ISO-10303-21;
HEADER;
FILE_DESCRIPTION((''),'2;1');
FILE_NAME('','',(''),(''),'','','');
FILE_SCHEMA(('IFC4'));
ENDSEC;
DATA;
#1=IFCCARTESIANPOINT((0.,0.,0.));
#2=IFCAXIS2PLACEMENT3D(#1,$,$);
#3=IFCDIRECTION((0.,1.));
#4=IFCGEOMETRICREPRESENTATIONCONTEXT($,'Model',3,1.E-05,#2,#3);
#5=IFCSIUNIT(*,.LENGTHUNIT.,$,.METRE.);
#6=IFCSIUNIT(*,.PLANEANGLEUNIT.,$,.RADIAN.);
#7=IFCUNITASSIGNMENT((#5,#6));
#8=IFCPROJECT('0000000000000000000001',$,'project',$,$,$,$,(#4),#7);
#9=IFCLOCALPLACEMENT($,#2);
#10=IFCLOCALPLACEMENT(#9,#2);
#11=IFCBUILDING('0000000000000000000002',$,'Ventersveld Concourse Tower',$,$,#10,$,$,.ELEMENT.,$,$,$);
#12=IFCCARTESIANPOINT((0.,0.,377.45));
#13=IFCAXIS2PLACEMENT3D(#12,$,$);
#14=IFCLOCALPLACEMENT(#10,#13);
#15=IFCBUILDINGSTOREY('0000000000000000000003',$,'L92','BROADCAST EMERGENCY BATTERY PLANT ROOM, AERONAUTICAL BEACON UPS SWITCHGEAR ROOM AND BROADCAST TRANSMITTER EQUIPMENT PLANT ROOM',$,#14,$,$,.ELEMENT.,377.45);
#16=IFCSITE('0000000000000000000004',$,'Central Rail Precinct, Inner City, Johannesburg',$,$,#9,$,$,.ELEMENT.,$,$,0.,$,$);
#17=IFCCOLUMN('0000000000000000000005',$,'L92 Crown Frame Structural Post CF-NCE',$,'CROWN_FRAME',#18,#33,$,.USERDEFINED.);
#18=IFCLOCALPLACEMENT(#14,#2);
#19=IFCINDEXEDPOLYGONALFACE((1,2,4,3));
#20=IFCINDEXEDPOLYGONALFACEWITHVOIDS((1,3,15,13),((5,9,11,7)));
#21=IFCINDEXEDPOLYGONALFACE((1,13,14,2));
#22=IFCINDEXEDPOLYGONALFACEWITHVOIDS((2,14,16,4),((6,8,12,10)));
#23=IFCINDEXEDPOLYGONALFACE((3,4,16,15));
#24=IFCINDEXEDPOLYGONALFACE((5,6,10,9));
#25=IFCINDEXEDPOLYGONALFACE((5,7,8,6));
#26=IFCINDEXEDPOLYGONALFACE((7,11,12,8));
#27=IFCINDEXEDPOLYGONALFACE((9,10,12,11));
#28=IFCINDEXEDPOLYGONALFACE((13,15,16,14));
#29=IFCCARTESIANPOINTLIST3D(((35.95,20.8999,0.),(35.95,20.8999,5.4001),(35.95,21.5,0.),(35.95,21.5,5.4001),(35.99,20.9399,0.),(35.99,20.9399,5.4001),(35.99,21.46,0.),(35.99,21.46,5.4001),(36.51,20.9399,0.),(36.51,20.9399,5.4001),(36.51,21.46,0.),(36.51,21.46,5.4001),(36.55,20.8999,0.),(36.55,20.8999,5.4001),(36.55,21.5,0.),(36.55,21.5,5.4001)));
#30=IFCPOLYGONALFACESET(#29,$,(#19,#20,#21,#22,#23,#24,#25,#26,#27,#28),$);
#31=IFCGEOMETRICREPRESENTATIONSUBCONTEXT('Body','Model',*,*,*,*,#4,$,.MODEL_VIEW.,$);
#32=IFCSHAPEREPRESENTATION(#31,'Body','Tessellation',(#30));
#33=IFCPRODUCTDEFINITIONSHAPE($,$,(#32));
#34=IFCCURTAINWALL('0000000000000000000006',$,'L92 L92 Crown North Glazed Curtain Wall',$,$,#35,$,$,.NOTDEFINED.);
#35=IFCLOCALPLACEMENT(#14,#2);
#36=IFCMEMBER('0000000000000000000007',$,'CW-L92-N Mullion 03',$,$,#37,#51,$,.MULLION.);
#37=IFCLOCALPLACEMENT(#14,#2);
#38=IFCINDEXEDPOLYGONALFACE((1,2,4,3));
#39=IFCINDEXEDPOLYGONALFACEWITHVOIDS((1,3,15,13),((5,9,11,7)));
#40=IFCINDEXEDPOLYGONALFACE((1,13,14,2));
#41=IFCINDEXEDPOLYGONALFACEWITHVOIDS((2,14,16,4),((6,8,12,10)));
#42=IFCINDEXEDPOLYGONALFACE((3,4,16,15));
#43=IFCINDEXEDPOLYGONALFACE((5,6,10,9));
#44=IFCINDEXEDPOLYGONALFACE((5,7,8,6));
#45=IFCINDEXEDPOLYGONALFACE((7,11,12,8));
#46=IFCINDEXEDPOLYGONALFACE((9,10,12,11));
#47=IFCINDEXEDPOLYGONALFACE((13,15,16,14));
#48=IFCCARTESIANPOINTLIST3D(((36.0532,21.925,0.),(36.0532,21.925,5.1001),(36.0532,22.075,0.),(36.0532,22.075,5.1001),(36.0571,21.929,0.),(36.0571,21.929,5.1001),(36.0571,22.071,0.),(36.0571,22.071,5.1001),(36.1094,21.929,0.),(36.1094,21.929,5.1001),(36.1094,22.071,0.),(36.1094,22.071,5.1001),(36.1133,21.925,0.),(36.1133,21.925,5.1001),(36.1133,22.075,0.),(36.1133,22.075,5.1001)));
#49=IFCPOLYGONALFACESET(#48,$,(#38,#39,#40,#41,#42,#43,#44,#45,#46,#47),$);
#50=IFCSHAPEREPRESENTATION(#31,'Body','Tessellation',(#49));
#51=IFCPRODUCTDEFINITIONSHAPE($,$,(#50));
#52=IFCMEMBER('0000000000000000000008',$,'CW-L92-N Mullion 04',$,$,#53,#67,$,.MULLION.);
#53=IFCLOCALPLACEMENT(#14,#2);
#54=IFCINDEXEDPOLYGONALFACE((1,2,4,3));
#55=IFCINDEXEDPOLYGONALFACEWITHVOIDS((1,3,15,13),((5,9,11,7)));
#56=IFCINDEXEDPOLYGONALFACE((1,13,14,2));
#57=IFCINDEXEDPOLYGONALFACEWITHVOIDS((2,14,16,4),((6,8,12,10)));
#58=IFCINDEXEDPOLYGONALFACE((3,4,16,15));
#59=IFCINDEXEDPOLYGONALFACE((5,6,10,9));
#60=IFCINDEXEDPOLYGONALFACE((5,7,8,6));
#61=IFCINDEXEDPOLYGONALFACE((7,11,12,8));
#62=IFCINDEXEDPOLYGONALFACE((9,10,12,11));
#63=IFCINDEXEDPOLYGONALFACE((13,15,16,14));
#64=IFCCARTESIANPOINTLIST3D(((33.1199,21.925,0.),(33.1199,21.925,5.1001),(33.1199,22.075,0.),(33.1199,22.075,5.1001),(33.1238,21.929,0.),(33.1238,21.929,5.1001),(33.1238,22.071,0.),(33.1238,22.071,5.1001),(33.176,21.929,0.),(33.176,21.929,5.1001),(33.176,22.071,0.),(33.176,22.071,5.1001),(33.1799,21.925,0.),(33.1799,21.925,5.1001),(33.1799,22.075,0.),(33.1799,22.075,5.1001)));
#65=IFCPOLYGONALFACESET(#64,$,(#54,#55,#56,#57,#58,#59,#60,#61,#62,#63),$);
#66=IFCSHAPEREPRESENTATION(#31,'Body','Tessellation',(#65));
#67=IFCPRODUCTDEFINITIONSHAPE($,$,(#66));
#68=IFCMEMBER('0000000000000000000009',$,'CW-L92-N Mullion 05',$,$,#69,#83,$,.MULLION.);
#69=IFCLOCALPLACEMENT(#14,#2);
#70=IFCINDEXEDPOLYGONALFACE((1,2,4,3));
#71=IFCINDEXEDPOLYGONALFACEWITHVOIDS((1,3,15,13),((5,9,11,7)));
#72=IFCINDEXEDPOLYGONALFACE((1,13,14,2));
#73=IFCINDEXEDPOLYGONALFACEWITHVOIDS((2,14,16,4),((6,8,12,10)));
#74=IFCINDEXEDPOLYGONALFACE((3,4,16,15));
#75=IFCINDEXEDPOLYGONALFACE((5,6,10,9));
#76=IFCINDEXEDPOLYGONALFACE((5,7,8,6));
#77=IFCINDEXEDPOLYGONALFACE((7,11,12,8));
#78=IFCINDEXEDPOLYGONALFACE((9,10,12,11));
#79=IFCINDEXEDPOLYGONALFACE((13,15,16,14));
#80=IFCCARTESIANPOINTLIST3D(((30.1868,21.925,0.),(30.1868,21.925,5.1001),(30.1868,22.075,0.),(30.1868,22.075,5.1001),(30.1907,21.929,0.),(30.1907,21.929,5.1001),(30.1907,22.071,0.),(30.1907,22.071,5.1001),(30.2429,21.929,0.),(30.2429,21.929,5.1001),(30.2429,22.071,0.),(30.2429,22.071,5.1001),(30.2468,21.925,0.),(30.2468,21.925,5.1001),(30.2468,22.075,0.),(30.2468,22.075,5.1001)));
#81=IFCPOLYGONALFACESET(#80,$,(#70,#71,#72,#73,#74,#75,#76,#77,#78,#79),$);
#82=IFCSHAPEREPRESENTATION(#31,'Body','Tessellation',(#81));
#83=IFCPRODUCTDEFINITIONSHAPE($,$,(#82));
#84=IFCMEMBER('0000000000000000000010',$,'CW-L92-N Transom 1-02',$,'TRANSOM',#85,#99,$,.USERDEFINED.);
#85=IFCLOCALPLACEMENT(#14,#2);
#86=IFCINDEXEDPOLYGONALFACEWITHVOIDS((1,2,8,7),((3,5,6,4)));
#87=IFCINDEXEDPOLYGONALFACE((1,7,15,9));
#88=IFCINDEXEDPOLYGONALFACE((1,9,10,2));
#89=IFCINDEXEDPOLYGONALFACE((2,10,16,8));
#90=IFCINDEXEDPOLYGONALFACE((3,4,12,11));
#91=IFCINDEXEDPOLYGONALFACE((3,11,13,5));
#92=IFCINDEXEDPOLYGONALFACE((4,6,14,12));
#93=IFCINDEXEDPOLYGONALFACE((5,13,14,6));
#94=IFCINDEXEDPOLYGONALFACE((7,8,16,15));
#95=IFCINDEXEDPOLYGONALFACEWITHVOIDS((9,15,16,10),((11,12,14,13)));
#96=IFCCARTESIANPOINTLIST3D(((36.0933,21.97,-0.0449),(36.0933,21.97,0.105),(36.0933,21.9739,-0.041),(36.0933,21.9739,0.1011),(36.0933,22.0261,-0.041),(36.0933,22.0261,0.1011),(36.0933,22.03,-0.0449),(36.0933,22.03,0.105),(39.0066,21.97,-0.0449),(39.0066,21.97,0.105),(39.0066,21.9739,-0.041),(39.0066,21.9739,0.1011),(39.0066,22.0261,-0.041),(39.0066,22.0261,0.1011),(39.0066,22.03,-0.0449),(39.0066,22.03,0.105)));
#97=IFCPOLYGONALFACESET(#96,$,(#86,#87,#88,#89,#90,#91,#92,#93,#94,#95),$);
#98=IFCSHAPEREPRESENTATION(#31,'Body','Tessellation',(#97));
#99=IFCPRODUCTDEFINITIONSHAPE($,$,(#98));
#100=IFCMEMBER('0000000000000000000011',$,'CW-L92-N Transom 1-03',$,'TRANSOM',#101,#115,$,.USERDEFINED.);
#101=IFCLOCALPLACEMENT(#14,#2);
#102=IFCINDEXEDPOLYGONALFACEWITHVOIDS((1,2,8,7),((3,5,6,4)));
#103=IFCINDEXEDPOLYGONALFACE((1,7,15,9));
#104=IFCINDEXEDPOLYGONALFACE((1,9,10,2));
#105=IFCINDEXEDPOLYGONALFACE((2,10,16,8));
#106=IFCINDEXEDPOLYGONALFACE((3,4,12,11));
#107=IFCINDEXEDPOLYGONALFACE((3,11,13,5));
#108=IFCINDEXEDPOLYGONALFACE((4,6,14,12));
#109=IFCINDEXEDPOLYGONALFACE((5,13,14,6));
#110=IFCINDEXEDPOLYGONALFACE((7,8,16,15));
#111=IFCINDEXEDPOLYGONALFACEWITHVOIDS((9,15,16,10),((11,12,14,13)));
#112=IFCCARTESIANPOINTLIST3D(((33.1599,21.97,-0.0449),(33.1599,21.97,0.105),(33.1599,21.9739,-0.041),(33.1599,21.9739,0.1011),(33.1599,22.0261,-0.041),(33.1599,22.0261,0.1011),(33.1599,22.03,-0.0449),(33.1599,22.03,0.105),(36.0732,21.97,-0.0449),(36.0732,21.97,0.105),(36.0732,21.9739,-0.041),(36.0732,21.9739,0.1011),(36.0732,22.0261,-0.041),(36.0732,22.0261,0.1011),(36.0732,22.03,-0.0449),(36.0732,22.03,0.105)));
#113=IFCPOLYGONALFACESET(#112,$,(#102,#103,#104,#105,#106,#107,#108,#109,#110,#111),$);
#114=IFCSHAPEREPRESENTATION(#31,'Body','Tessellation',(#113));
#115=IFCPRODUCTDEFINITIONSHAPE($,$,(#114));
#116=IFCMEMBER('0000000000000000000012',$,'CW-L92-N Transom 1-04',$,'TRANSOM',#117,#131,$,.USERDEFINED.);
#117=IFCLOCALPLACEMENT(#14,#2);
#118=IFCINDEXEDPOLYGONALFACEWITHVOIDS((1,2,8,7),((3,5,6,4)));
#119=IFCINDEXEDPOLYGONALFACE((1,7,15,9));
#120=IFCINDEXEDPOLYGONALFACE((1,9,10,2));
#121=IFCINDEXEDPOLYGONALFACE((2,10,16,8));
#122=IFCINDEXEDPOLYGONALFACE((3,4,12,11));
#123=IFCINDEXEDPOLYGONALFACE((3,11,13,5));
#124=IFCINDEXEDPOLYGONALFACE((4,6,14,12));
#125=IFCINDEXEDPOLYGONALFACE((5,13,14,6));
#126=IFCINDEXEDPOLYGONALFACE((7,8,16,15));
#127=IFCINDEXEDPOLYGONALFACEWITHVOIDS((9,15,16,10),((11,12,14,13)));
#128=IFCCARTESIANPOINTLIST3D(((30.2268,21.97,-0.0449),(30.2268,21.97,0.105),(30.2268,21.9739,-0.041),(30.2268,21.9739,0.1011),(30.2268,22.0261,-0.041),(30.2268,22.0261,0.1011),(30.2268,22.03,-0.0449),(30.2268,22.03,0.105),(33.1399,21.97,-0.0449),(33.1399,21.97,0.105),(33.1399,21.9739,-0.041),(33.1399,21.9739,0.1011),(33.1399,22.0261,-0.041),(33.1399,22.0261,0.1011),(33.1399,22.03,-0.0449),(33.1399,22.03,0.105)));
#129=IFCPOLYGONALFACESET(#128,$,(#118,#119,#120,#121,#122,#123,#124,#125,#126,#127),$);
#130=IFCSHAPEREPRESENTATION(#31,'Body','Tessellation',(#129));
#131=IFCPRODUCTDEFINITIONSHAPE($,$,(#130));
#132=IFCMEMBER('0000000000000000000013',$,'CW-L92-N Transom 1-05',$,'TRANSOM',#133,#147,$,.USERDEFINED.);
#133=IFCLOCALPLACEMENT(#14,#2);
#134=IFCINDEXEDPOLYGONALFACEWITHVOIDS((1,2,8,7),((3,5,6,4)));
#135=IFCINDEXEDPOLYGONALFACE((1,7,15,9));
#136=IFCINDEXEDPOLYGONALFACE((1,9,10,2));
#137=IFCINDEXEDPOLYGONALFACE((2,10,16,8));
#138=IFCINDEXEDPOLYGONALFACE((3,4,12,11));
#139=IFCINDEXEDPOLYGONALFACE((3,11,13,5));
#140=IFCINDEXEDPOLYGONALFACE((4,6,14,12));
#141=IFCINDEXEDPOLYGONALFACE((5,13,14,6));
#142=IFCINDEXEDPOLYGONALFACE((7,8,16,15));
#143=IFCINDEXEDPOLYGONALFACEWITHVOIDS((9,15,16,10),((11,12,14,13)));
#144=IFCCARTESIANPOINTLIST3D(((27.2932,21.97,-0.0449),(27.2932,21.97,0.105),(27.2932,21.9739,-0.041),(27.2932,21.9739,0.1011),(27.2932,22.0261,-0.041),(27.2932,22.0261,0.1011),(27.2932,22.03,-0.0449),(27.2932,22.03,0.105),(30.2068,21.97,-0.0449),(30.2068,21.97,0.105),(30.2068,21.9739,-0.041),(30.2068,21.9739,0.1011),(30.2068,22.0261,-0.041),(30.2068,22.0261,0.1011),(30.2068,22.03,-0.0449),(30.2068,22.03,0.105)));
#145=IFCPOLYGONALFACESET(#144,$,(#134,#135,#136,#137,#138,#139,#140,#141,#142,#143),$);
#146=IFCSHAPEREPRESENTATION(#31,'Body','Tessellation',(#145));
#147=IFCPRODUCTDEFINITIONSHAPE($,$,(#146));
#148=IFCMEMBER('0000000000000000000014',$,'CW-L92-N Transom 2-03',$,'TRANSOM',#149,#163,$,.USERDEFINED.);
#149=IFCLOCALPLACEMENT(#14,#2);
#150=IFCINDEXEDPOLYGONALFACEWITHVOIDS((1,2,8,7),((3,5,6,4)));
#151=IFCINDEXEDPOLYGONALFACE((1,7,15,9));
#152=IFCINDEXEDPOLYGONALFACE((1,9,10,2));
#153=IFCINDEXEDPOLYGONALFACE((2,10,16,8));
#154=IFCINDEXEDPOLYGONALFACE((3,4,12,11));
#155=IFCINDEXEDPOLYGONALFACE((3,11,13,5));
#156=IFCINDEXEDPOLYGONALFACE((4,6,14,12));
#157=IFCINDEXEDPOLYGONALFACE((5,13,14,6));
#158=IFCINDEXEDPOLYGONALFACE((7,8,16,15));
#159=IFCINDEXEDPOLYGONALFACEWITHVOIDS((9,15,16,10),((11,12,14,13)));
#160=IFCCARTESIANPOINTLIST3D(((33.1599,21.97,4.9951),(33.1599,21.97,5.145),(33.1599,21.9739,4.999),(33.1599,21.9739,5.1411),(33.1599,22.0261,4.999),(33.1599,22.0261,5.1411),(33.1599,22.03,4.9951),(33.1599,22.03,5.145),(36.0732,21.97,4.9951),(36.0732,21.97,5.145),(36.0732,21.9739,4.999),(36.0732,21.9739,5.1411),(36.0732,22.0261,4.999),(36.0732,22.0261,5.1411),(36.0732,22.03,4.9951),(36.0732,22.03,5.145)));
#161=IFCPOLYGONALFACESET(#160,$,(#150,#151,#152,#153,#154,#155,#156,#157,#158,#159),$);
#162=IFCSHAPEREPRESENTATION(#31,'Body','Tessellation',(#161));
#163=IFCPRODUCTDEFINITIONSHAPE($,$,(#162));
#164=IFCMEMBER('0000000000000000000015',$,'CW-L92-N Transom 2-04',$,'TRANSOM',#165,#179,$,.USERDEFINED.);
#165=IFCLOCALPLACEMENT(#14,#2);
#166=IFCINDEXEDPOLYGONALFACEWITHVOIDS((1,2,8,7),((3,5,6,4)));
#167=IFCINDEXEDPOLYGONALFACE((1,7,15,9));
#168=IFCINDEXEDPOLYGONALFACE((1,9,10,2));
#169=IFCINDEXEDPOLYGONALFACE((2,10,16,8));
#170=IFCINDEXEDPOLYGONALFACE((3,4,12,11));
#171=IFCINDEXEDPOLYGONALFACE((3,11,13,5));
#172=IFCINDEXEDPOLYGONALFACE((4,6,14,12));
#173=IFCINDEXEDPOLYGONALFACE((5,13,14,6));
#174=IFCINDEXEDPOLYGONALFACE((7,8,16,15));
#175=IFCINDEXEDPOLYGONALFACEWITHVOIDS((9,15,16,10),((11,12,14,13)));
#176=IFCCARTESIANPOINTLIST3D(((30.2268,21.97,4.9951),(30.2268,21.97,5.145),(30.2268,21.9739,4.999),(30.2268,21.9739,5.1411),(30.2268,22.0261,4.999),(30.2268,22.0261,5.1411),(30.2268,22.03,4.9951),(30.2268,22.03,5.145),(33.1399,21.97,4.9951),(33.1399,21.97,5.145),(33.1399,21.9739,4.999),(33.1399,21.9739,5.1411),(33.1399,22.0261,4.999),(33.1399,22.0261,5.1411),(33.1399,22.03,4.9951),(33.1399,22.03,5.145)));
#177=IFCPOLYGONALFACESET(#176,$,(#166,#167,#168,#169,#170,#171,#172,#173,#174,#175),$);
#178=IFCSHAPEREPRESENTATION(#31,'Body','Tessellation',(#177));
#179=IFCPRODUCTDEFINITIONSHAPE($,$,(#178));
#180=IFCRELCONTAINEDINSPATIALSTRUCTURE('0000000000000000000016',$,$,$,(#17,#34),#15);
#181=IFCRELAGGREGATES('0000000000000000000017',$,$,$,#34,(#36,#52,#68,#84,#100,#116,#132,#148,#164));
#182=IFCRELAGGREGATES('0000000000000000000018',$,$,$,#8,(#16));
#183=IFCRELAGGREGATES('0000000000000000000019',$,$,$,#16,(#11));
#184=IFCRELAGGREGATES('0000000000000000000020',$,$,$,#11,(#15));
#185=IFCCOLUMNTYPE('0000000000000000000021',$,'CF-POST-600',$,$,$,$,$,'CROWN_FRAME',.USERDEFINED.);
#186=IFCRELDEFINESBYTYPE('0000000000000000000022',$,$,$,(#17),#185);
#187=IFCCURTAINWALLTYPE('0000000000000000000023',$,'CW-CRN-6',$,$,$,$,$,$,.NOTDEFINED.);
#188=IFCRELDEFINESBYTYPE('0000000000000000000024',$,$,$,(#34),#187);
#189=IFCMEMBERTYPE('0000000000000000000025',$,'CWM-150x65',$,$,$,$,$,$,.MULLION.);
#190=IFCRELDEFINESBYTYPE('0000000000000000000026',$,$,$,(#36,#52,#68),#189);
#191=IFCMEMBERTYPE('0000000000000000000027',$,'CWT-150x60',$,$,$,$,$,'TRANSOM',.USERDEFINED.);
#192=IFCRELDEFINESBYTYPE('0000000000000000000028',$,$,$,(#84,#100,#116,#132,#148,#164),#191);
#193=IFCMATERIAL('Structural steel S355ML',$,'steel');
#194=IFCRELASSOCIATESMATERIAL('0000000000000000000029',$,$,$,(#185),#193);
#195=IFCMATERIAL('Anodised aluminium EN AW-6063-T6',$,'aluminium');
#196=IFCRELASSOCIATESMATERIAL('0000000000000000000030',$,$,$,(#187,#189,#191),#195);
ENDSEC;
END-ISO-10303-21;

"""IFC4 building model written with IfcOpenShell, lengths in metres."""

from ifc_helpers import new_model, si_unit, direction, frame, origin, origin_2d, place, context, subcontext, project, spatial, hollow_rectangle, extrude, material, material_profile, profile_set, type_object, element, aggregate, save


model = new_model("IFC4")

# Units and contexts
model_context = context("Model", 3, precision=1e-05, world=origin(), true_north=direction((0.0, 1.0)))
body_context = subcontext(model_context, "Body", "Model", "MODEL_VIEW")
ifc_project = project(units=[si_unit("LENGTHUNIT", "METRE"), si_unit("PLANEANGLEUNIT", "RADIAN")], contexts=[model_context])

# Site, building, storey
site_placement = place(None, origin())
site = spatial("IfcSite", under=ifc_project, at=site_placement, Name="Central Rail Precinct, Inner City, Johannesburg", CompositionType="ELEMENT", RefElevation=0.0)
building_placement = place(site_placement, origin())
building = spatial("IfcBuilding", under=site, at=building_placement, Name="Ventersveld Concourse Tower", CompositionType="ELEMENT")
storey_placement = place(building_placement, frame((0.0, 0.0, 377.45)))
storey = spatial("IfcBuildingStorey", under=building, at=storey_placement, Name="L92", Description="BROADCAST EMERGENCY BATTERY PLANT ROOM, AERONAUTICAL BEACON UPS SWITCHGEAR ROOM AND BROADCAST TRANSMITTER EQUIPMENT PLANT ROOM", CompositionType="ELEMENT", Elevation=377.45)

# Column
ifc_material_1 = material(Name="Structural steel S355ML", Category="steel")
ifc_material_profile_1 = material_profile(ifc_material_1, hollow_rectangle(XDim=0.6001, YDim=0.6001, WallThickness=0.04, at=origin_2d()), Name="BOX 600x600x40")
ifc_profile_set_1 = profile_set([ifc_material_profile_1], Name="Structural steel S355ML")
column_type = type_object("IfcColumnType", Name="CF-POST-600", ElementType="CROWN_FRAME", PredefinedType="USERDEFINED", material=ifc_profile_set_1)
column_placement = place(storey_placement, frame((36.25, 21.2, 0.0), z_axis=(0.0, 0.0, 1.0), x_axis=(1.0, 0.0, 0.0)))
element("IfcColumn", 1, at=column_placement, inside=storey, type_object=column_type, Name="L92 Crown Frame Structural Post CF-NCE", ObjectType="CROWN_FRAME", PredefinedType="USERDEFINED", context=body_context, shape_type="SweptSolid", body=[
    extrude(hollow_rectangle(XDim=0.6001, YDim=0.6001, WallThickness=0.04, at=origin_2d()), origin(), (0.0, 0.0, 1.0), 5.4001),
])

# Curtain wall, members
ifc_material_2 = material(Name="Anodised aluminium EN AW-6063-T6", Category="aluminium")
curtain_wall_type = type_object("IfcCurtainWallType", Name="CW-CRN-6", PredefinedType="NOTDEFINED", material=ifc_material_2)
curtain_wall_placement = place(storey_placement, origin())
curtain_wall = element("IfcCurtainWall", 2, at=curtain_wall_placement, inside=storey, type_object=curtain_wall_type, Name="L92 L92 Crown North Glazed Curtain Wall", PredefinedType="NOTDEFINED")
ifc_material_profile_2 = material_profile(ifc_material_2, hollow_rectangle(XDim=0.0601, YDim=0.1499, WallThickness=0.0039, at=origin_2d()), Name="ALU 150x60x4")
ifc_profile_set_2 = profile_set([ifc_material_profile_2], Name="Anodised aluminium EN AW-6063-T6")
member_type_1 = type_object("IfcMemberType", Name="CWM-150x65", PredefinedType="MULLION", material=ifc_profile_set_2)
member_1_placement = place(storey_placement, frame((36.0833, 22.0, 0.0), z_axis=(0.0, 0.0, 1.0), x_axis=(1.0, 0.0, 0.0)))
member_1 = element("IfcMember", 3, at=member_1_placement, type_object=member_type_1, Name="CW-L92-N Mullion 03", PredefinedType="MULLION", context=body_context, shape_type="SweptSolid", body=[
    extrude(hollow_rectangle(XDim=0.0601, YDim=0.1499, WallThickness=0.0039, at=origin_2d()), origin(), (0.0, 0.0, 1.0), 5.1001),
])
member_2_placement = place(storey_placement, frame((33.1499, 22.0, 0.0), z_axis=(0.0, 0.0, 1.0), x_axis=(1.0, 0.0, 0.0)))
member_2 = element("IfcMember", 4, at=member_2_placement, type_object=member_type_1, Name="CW-L92-N Mullion 04", PredefinedType="MULLION", context=body_context, shape_type="SweptSolid", body=[
    extrude(hollow_rectangle(XDim=0.0601, YDim=0.1499, WallThickness=0.0039, at=origin_2d()), origin(), (0.0, 0.0, 1.0), 5.1001),
])
member_3_placement = place(storey_placement, frame((30.2168, 22.0, 0.0), z_axis=(0.0, 0.0, 1.0), x_axis=(1.0, 0.0, 0.0)))
member_3 = element("IfcMember", 5, at=member_3_placement, type_object=member_type_1, Name="CW-L92-N Mullion 05", PredefinedType="MULLION", context=body_context, shape_type="SweptSolid", body=[
    extrude(hollow_rectangle(XDim=0.0601, YDim=0.1499, WallThickness=0.0039, at=origin_2d()), origin(), (0.0, 0.0, 1.0), 5.1001),
])
ifc_material_profile_3 = material_profile(ifc_material_2, hollow_rectangle(XDim=0.0601, YDim=0.1499, WallThickness=0.0039, at=origin_2d()), Name="ALU 150x60x4")
ifc_profile_set_3 = profile_set([ifc_material_profile_3], Name="Anodised aluminium EN AW-6063-T6")
member_type_2 = type_object("IfcMemberType", Name="CWT-150x60", ElementType="TRANSOM", PredefinedType="USERDEFINED", material=ifc_profile_set_3)
member_4_placement = place(storey_placement, frame((39.0066, 22.0, 0.03), z_axis=(-1.0, 0.0, 0.0), x_axis=(0.0, -1.0, 0.0)))
member_4 = element("IfcMember", 6, at=member_4_placement, type_object=member_type_2, Name="CW-L92-N Transom 1-02", ObjectType="TRANSOM", PredefinedType="USERDEFINED", context=body_context, shape_type="SweptSolid", body=[
    extrude(hollow_rectangle(XDim=0.0601, YDim=0.1499, WallThickness=0.0039, at=origin_2d()), origin(), (0.0, 0.0, 1.0), 2.9133),
])
member_5_placement = place(storey_placement, frame((36.0732, 22.0, 0.03), z_axis=(-1.0, 0.0, 0.0), x_axis=(0.0, -1.0, 0.0)))
member_5 = element("IfcMember", 7, at=member_5_placement, type_object=member_type_2, Name="CW-L92-N Transom 1-03", ObjectType="TRANSOM", PredefinedType="USERDEFINED", context=body_context, shape_type="SweptSolid", body=[
    extrude(hollow_rectangle(XDim=0.0601, YDim=0.1499, WallThickness=0.0039, at=origin_2d()), origin(), (0.0, 0.0, 1.0), 2.9133),
])
member_6_placement = place(storey_placement, frame((33.1399, 22.0, 0.03), z_axis=(-1.0, 0.0, 0.0), x_axis=(0.0, -1.0, 0.0)))
member_6 = element("IfcMember", 8, at=member_6_placement, type_object=member_type_2, Name="CW-L92-N Transom 1-04", ObjectType="TRANSOM", PredefinedType="USERDEFINED", context=body_context, shape_type="SweptSolid", body=[
    extrude(hollow_rectangle(XDim=0.0601, YDim=0.1499, WallThickness=0.0039, at=origin_2d()), origin(), (0.0, 0.0, 1.0), 2.9131),
])
member_7_placement = place(storey_placement, frame((30.2068, 22.0, 0.03), z_axis=(-1.0, 0.0, 0.0), x_axis=(0.0, -1.0, 0.0)))
member_7 = element("IfcMember", 9, at=member_7_placement, type_object=member_type_2, Name="CW-L92-N Transom 1-05", ObjectType="TRANSOM", PredefinedType="USERDEFINED", context=body_context, shape_type="SweptSolid", body=[
    extrude(hollow_rectangle(XDim=0.0601, YDim=0.1499, WallThickness=0.0039, at=origin_2d()), origin(), (0.0, 0.0, 1.0), 2.9136),
])
member_8_placement = place(storey_placement, frame((36.0732, 22.0, 5.0701), z_axis=(-1.0, 0.0, 0.0), x_axis=(0.0, -1.0, 0.0)))
member_8 = element("IfcMember", 10, at=member_8_placement, type_object=member_type_2, Name="CW-L92-N Transom 2-03", ObjectType="TRANSOM", PredefinedType="USERDEFINED", context=body_context, shape_type="SweptSolid", body=[
    extrude(hollow_rectangle(XDim=0.0601, YDim=0.1499, WallThickness=0.0039, at=origin_2d()), origin(), (0.0, 0.0, 1.0), 2.9133),
])
member_9_placement = place(storey_placement, frame((33.1399, 22.0, 5.0701), z_axis=(-1.0, 0.0, 0.0), x_axis=(0.0, -1.0, 0.0)))
member_9 = element("IfcMember", 11, at=member_9_placement, type_object=member_type_2, Name="CW-L92-N Transom 2-04", ObjectType="TRANSOM", PredefinedType="USERDEFINED", context=body_context, shape_type="SweptSolid", body=[
    extrude(hollow_rectangle(XDim=0.0601, YDim=0.1499, WallThickness=0.0039, at=origin_2d()), origin(), (0.0, 0.0, 1.0), 2.9131),
])

aggregate(curtain_wall, [member_1, member_2, member_3, member_4, member_5, member_6, member_7, member_8, member_9])

save(model, "model.ifc")
